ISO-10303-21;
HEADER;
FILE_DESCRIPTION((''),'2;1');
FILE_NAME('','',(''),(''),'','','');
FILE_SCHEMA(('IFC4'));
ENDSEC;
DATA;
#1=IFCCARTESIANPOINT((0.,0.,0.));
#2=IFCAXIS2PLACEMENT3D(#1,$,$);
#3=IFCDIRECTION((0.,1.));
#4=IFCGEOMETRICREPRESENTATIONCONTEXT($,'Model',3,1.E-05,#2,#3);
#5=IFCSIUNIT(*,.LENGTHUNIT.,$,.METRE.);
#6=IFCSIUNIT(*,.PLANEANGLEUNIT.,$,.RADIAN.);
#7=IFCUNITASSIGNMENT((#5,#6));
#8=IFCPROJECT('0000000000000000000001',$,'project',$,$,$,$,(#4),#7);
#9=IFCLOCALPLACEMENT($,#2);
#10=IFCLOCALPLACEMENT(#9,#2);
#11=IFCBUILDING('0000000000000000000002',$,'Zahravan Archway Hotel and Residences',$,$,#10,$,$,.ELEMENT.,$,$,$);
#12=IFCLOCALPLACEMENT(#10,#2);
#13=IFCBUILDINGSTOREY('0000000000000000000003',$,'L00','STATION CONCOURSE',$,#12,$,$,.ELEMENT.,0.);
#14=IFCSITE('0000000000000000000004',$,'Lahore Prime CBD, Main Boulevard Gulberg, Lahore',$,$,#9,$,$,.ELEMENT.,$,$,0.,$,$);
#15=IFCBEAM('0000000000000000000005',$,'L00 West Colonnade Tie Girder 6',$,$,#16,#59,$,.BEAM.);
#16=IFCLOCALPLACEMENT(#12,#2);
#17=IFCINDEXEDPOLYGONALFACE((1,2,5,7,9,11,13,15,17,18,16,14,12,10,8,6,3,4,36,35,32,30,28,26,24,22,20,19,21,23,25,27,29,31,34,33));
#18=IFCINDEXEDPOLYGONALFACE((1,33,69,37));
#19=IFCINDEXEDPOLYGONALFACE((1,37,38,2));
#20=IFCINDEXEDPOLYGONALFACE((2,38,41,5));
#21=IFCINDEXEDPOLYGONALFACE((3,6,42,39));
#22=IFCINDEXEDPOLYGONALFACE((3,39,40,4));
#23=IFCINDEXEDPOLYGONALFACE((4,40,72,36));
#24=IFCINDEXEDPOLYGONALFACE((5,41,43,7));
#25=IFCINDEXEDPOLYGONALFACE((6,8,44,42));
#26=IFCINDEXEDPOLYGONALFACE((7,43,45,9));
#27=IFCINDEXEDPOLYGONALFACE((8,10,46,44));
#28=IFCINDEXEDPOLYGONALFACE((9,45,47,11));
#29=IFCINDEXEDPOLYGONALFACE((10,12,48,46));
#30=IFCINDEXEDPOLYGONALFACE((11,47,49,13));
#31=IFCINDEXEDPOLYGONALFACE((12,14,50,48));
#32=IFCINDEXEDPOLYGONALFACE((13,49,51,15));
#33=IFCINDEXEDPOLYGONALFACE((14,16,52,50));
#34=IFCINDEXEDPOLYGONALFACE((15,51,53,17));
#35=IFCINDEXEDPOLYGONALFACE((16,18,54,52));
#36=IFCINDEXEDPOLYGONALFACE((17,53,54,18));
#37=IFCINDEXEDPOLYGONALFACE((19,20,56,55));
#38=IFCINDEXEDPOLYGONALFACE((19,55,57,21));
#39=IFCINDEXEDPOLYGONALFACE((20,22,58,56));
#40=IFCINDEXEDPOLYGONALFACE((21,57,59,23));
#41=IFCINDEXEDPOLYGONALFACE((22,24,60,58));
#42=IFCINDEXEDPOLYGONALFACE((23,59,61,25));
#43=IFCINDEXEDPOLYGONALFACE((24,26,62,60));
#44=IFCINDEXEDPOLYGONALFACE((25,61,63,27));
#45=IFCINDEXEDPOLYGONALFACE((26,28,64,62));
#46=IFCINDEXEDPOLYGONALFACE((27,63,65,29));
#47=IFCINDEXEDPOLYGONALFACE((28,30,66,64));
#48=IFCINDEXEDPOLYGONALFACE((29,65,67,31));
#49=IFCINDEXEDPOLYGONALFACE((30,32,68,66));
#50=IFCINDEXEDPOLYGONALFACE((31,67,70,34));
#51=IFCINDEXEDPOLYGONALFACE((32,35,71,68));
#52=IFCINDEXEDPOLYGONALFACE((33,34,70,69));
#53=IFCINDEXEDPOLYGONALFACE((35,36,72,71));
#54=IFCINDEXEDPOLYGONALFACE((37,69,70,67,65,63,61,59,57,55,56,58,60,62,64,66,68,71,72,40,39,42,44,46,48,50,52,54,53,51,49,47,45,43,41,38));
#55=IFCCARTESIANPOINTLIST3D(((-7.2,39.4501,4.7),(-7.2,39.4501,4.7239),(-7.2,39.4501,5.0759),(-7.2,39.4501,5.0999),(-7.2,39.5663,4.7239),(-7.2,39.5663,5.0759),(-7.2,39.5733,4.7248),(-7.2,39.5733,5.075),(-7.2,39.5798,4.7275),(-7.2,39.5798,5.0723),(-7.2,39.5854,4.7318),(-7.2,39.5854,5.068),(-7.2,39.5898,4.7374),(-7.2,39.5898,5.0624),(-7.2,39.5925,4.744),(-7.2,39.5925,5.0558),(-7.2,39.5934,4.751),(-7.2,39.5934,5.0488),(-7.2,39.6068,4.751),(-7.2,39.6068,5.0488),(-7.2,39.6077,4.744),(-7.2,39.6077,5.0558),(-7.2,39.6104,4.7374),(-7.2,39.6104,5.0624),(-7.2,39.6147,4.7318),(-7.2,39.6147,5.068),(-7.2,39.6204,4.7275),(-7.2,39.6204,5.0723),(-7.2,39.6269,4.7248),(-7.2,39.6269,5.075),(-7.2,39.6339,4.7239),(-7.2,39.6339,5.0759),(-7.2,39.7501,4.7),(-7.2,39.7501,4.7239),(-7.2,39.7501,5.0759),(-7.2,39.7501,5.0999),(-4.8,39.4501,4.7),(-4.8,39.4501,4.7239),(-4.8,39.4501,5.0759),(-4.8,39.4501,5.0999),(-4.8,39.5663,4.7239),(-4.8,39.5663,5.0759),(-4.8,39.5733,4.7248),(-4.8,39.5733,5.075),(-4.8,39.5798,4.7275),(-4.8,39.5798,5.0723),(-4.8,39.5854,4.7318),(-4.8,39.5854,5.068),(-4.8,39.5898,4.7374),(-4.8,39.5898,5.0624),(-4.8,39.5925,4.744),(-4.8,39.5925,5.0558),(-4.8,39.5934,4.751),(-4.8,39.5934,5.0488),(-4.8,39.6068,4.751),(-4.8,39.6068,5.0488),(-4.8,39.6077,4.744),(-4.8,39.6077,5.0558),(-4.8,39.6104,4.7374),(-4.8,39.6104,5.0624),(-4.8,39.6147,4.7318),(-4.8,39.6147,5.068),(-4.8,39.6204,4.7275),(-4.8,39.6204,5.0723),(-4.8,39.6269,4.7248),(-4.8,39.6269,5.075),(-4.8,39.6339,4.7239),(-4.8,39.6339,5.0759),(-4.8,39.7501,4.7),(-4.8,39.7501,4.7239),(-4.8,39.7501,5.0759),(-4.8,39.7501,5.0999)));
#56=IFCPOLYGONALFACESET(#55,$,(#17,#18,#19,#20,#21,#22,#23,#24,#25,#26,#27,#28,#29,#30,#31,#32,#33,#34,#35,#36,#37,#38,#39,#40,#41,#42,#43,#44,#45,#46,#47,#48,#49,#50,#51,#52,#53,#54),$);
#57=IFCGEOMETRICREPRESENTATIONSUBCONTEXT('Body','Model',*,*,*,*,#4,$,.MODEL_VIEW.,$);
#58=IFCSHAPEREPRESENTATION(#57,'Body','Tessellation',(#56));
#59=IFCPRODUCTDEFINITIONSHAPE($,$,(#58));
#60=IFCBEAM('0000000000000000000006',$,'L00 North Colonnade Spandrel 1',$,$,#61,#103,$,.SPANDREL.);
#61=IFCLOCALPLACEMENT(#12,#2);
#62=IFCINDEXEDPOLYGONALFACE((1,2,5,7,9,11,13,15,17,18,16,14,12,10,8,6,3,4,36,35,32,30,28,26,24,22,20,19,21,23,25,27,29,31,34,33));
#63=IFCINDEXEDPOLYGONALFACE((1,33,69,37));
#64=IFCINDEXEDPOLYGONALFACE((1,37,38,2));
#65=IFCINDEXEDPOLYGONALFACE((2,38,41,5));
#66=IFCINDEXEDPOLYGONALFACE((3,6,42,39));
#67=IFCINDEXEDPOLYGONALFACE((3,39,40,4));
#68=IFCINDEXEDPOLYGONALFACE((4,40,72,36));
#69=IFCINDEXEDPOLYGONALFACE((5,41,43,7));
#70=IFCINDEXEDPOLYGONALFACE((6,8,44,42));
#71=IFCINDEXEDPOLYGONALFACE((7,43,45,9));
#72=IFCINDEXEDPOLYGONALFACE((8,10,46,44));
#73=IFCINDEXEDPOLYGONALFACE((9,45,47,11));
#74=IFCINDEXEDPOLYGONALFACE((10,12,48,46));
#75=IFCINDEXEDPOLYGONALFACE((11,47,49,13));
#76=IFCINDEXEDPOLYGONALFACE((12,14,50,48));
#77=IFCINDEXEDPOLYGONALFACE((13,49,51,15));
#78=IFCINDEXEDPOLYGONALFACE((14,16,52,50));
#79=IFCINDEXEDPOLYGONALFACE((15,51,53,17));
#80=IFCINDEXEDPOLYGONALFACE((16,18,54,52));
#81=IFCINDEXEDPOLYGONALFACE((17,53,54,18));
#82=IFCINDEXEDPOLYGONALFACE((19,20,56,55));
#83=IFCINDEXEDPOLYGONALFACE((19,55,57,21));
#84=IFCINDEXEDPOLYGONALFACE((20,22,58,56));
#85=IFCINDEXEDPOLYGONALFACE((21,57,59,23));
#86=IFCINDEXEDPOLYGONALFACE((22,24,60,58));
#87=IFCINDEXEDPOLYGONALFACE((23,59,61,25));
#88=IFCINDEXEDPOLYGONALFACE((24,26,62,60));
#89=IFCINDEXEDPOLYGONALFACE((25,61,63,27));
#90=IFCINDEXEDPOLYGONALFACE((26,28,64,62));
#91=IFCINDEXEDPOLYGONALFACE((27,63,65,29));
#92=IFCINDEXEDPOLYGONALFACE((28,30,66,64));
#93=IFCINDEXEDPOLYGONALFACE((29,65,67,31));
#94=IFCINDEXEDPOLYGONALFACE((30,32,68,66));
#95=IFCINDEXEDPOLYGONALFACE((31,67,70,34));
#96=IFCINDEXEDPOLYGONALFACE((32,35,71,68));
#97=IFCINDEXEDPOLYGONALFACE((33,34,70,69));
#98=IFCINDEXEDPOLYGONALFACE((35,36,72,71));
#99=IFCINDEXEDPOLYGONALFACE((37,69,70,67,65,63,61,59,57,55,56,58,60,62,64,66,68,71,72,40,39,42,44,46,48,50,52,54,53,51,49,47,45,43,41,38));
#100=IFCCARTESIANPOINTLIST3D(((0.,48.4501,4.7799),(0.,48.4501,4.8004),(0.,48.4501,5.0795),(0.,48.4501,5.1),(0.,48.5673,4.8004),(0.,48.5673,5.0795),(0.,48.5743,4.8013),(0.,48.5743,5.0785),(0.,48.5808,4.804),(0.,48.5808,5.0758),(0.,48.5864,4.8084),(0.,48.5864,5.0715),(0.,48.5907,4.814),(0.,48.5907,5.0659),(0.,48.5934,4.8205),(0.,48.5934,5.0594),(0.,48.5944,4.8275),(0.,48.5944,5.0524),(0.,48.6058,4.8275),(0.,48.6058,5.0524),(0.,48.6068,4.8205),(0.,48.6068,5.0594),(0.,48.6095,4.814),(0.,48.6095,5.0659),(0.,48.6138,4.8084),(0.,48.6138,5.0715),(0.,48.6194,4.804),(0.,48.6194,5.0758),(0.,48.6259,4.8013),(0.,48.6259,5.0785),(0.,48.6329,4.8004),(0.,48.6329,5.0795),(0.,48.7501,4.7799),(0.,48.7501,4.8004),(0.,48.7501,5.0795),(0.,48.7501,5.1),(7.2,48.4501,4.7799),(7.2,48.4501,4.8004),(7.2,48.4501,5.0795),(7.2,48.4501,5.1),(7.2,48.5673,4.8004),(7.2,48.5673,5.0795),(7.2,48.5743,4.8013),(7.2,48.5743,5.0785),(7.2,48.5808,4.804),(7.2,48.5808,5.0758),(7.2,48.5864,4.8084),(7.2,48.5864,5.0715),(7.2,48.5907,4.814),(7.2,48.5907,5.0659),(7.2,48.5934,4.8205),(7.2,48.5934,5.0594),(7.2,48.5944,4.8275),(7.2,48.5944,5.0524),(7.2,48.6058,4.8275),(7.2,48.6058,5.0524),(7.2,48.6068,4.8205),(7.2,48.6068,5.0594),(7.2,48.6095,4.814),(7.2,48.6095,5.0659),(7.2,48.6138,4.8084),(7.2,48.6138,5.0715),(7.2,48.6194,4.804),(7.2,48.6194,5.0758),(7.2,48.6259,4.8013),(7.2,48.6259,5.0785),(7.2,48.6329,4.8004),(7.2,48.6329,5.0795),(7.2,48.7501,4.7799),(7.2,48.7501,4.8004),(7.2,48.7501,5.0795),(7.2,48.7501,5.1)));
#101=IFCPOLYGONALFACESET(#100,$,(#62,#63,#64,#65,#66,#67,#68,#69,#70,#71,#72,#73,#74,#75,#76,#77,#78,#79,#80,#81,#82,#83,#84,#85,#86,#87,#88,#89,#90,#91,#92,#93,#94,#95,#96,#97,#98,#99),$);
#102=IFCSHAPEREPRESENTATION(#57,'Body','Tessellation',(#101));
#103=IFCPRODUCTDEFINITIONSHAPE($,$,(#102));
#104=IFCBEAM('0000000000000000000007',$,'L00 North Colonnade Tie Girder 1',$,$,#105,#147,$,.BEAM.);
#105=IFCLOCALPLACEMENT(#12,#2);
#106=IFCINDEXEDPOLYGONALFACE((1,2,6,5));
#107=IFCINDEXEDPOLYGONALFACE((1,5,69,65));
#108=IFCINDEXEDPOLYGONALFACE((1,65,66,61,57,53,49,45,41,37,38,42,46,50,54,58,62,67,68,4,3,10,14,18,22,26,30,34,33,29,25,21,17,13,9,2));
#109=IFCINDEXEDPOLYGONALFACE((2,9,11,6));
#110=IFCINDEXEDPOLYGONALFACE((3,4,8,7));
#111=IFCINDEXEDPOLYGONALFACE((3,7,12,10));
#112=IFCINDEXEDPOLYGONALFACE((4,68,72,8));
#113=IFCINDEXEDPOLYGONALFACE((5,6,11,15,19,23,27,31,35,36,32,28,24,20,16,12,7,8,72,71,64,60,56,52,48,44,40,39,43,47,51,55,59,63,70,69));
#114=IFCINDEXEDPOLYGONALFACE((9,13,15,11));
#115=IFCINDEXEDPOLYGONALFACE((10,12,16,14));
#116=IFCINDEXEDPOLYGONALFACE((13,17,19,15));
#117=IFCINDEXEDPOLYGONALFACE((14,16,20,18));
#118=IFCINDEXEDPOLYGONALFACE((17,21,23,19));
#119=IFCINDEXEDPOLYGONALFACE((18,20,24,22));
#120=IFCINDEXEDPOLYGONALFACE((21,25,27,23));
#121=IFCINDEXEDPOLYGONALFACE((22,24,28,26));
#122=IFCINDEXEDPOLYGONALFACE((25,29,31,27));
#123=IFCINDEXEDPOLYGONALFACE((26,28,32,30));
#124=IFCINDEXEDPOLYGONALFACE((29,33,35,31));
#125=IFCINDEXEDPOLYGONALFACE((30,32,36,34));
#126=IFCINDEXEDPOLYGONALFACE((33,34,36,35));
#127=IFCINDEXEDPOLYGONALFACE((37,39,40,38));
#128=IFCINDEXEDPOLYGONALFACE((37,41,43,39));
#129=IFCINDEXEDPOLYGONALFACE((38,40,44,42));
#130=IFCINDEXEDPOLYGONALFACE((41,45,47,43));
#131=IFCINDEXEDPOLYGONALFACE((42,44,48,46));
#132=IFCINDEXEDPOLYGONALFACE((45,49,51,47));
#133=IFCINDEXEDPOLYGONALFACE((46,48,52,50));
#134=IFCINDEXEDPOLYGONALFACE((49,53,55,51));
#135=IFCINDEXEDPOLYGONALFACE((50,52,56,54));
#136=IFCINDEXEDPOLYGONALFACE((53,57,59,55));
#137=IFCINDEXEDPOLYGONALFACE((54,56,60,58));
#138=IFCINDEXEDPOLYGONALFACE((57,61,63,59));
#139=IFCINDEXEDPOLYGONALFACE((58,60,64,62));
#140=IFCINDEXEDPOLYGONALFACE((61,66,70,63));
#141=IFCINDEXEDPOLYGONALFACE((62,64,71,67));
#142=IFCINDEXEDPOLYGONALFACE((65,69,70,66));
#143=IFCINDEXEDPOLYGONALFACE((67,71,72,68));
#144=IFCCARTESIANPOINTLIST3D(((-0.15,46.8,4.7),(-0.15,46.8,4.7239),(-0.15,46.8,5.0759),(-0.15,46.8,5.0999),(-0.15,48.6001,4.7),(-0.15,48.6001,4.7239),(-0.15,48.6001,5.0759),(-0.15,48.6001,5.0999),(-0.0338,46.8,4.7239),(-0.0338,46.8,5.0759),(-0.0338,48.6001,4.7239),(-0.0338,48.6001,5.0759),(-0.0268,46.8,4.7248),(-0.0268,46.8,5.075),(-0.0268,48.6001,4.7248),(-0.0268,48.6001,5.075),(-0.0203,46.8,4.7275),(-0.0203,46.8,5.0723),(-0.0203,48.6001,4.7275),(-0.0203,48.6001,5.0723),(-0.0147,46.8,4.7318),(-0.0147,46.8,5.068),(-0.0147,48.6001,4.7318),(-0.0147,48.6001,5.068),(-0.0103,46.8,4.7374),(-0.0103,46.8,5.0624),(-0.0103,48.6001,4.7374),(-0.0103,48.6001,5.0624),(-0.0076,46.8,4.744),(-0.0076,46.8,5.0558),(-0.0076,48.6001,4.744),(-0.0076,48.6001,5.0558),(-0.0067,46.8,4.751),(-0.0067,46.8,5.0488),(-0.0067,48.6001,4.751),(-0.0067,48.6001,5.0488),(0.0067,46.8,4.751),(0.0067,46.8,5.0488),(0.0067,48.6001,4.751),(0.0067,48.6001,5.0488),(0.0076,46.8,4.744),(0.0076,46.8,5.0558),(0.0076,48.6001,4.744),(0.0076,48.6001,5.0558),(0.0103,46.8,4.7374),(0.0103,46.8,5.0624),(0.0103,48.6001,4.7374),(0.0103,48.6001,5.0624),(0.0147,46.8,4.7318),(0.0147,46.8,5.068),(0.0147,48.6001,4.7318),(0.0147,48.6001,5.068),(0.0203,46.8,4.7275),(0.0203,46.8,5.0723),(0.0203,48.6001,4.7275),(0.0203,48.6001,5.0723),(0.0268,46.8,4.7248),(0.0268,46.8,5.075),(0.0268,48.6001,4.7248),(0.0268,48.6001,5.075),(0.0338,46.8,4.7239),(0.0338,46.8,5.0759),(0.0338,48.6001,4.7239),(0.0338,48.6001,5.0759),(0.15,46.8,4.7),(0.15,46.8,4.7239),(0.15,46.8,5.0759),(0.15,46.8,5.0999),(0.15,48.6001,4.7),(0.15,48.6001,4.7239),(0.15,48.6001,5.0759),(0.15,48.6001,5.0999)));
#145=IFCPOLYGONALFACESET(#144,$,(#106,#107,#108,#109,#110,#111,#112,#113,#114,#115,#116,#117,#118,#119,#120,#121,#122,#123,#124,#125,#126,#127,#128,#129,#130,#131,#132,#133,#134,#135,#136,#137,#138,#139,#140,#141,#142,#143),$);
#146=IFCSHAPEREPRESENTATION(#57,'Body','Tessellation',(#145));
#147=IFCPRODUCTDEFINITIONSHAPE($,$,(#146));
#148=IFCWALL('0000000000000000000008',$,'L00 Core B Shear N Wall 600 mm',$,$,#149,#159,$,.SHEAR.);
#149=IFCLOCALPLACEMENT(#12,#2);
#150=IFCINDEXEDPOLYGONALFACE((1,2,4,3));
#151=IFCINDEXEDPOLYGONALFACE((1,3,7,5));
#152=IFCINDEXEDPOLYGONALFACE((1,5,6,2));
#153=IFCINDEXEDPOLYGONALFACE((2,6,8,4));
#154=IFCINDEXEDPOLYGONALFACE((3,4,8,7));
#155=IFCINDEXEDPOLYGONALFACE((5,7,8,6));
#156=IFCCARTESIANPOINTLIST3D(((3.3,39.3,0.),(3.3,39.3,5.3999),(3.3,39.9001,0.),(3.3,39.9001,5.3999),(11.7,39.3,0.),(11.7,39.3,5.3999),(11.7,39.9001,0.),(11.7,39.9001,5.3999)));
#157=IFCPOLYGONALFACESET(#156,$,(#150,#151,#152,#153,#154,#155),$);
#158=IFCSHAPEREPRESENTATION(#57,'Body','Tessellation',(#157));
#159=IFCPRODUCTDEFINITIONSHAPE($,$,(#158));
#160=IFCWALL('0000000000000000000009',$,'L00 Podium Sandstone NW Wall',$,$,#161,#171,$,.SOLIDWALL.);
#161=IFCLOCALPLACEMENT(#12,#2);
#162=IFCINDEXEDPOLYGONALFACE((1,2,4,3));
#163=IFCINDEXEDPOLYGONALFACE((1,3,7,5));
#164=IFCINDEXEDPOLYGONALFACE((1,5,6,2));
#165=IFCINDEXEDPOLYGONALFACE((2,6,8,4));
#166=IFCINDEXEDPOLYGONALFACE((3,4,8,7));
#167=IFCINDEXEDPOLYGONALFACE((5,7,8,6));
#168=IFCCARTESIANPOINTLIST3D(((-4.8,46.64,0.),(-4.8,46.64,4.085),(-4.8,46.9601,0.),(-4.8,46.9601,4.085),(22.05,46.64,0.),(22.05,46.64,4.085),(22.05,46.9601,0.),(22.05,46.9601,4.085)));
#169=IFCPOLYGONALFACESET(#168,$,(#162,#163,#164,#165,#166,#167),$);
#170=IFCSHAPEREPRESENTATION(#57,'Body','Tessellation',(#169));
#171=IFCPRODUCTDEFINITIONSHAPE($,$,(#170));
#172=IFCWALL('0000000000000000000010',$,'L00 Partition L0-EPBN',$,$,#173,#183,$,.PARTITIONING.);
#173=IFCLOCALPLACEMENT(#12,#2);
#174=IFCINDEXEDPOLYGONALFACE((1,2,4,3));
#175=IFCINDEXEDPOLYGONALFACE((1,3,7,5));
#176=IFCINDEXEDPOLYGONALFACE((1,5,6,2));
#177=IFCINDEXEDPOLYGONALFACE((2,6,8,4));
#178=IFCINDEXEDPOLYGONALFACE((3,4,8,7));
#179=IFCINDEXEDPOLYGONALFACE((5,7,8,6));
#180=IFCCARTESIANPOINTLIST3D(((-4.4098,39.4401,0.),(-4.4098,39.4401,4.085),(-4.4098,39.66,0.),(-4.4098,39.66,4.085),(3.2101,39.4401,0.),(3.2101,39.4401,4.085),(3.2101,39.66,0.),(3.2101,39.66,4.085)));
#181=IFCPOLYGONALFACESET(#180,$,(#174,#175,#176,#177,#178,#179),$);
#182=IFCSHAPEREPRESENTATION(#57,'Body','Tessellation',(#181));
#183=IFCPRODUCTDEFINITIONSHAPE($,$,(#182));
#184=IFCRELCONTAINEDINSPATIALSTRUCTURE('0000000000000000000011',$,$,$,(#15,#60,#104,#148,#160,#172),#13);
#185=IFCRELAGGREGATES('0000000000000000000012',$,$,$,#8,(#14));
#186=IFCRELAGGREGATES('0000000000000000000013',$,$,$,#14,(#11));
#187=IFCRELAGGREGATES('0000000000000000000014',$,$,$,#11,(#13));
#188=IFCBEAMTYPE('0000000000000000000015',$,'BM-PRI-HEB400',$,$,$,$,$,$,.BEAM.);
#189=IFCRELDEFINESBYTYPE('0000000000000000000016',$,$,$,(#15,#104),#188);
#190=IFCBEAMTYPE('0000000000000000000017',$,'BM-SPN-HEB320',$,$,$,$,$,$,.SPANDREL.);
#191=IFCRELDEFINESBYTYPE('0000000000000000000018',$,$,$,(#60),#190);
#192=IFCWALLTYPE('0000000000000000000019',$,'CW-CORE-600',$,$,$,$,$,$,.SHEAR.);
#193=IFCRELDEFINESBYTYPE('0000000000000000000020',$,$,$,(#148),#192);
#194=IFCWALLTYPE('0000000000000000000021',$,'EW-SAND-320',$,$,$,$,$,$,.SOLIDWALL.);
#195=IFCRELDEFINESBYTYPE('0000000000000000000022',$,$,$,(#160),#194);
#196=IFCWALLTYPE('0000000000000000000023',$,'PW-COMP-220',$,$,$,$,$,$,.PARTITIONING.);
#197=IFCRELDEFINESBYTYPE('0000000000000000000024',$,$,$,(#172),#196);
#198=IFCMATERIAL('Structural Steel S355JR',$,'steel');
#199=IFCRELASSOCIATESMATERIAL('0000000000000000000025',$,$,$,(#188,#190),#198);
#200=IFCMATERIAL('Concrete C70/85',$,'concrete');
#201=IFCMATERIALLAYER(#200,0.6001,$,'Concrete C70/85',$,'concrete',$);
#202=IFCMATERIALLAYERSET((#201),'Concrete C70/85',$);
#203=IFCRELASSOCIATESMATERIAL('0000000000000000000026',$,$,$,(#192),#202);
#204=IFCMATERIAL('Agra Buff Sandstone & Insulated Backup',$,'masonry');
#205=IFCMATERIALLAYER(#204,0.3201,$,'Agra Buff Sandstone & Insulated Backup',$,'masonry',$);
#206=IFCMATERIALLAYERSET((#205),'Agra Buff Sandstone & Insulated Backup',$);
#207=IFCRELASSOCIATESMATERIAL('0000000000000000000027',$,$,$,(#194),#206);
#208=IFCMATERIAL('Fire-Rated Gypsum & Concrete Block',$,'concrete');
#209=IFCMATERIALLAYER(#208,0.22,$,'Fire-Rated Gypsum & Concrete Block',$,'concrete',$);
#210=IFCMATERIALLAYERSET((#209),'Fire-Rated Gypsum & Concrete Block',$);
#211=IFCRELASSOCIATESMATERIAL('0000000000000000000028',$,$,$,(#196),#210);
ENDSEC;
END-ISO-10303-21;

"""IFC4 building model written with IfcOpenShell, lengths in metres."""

from ifc_helpers import new_model, si_unit, direction, frame, frame_2d, origin, origin_2d, place, context, subcontext, project, spatial, rectangle, i_section, extrude, source, transform, mapped, material, layer, layer_set, material_profile, profile_set, type_object, type_shapes, element, save


model = new_model("IFC4")

# Units and contexts
model_context = context("Model", 3, precision=1e-05, world=origin(), true_north=direction((0.0, 1.0)))
body_context = subcontext(model_context, "Body", "Model", "MODEL_VIEW")
ifc_project = project(units=[si_unit("LENGTHUNIT", "METRE"), si_unit("PLANEANGLEUNIT", "RADIAN")], contexts=[model_context])

# Site, building, storey
site_placement = place(None, origin())
site = spatial("IfcSite", under=ifc_project, at=site_placement, Name="Lahore Prime CBD, Main Boulevard Gulberg, Lahore", CompositionType="ELEMENT", RefElevation=0.0)
building_placement = place(site_placement, origin())
building = spatial("IfcBuilding", under=site, at=building_placement, Name="Zahravan Archway Hotel and Residences", CompositionType="ELEMENT")
storey_placement = place(building_placement, origin())
storey = spatial("IfcBuildingStorey", under=building, at=storey_placement, Name="L00", Description="STATION CONCOURSE", CompositionType="ELEMENT", Elevation=0.0)

# Shared definitions
ifc_material_1 = material(Name="Concrete C70/85", Category="concrete")

# Beams
ifc_material_2 = material(Name="Structural Steel S355JR", Category="steel")
ifc_material_profile_1 = material_profile(ifc_material_2, i_section(OverallWidth=0.3, OverallDepth=0.3999, WebThickness=0.0134, FlangeThickness=0.0239, FilletRadius=0.0271, at=origin_2d()), Name="HEB 400", Category="steel")
ifc_profile_set_1 = profile_set([ifc_material_profile_1], Name="Structural Steel S355JR")
beam_type_1 = type_object("IfcBeamType", Name="BM-PRI-HEB400", PredefinedType="BEAM", material=ifc_profile_set_1)
shared_shape_1 = source(origin(), body_context, "Body", "SweptSolid", [
    extrude(i_section(OverallWidth=0.3, OverallDepth=0.3999, WebThickness=0.0134, FlangeThickness=0.0239, FilletRadius=0.0271, at=origin_2d()), origin(), (0.0, 0.0, 1.0), 2.3999),
])
beam_1_placement = place(storey_placement, frame((-7.2, 39.6001, 4.8999), z_axis=(1.0, 0.0, 0.0), x_axis=(0.0, 1.0, 0.0)))
element("IfcBeam", 1, at=beam_1_placement, inside=storey, type_object=beam_type_1, Name="L00 West Colonnade Tie Girder 6", PredefinedType="BEAM", context=body_context, shape_type="MappedRepresentation", body=[
    mapped(shared_shape_1, transform((0.0, 0.0, 0.0), scale=1.0)),
])
ifc_material_profile_2 = material_profile(ifc_material_2, i_section(OverallWidth=0.3, OverallDepth=0.3201, WebThickness=0.0115, FlangeThickness=0.0205, FilletRadius=0.0271, at=origin_2d()), Name="HEB 320", Category="steel")
ifc_profile_set_2 = profile_set([ifc_material_profile_2], Name="Structural Steel S355JR")
beam_type_2 = type_object("IfcBeamType", Name="BM-SPN-HEB320", PredefinedType="SPANDREL", material=ifc_profile_set_2)
shared_shape_2 = source(origin(), body_context, "Body", "SweptSolid", [
    extrude(i_section(OverallWidth=0.3, OverallDepth=0.3201, WebThickness=0.0115, FlangeThickness=0.0205, FilletRadius=0.0271, at=origin_2d()), origin(), (0.0, 0.0, 1.0), 7.2),
])
type_shapes(beam_type_2, [shared_shape_2])
beam_2_placement = place(storey_placement, frame((0.0, 48.6001, 4.9399), z_axis=(1.0, 0.0, 0.0), x_axis=(0.0, 1.0, 0.0)))
element("IfcBeam", 2, at=beam_2_placement, inside=storey, type_object=beam_type_2, Name="L00 North Colonnade Spandrel 1", PredefinedType="SPANDREL", context=body_context, shape_type="MappedRepresentation", body=[
    mapped(shared_shape_2, transform((0.0, 0.0, 0.0), scale=1.0)),
])
shared_shape_3 = source(origin(), body_context, "Body", "SweptSolid", [
    extrude(i_section(OverallWidth=0.3, OverallDepth=0.3999, WebThickness=0.0134, FlangeThickness=0.0239, FilletRadius=0.0271, at=origin_2d()), origin(), (0.0, 0.0, 1.0), 1.8),
])
beam_3_placement = place(storey_placement, frame((0.0, 46.8, 4.8999), z_axis=(0.0, 1.0, 0.0), x_axis=(-1.0, 0.0, 0.0)))
element("IfcBeam", 3, at=beam_3_placement, inside=storey, type_object=beam_type_1, Name="L00 North Colonnade Tie Girder 1", PredefinedType="BEAM", context=body_context, shape_type="MappedRepresentation", body=[
    mapped(shared_shape_3, transform((0.0, 0.0, 0.0), scale=1.0)),
])

# Walls
ifc_layer_1 = layer(ifc_material_1, 0.6001, Name="Concrete C70/85", Category="concrete")
ifc_layer_set_1 = layer_set([ifc_layer_1], Name="Concrete C70/85")
wall_type_1 = type_object("IfcWallType", Name="CW-CORE-600", PredefinedType="SHEAR", material=ifc_layer_set_1)
wall_1_placement = place(storey_placement, frame((3.3, 39.6001, 0.0), z_axis=(0.0, 0.0, 1.0), x_axis=(1.0, 0.0, 0.0)))
element("IfcWall", 4, at=wall_1_placement, inside=storey, type_object=wall_type_1, Name="L00 Core B Shear N Wall 600 mm", PredefinedType="SHEAR", context=body_context, shape_type="SweptSolid", body=[
    extrude(rectangle(XDim=8.3999, YDim=0.6001, at=frame_2d((4.2, 0.0))), origin(), (0.0, 0.0, 1.0), 5.3999),
])
ifc_material_3 = material(Name="Agra Buff Sandstone & Insulated Backup", Category="masonry")
ifc_layer_2 = layer(ifc_material_3, 0.3201, Name="Agra Buff Sandstone & Insulated Backup", Category="masonry")
ifc_layer_set_2 = layer_set([ifc_layer_2], Name="Agra Buff Sandstone & Insulated Backup")
wall_type_2 = type_object("IfcWallType", Name="EW-SAND-320", PredefinedType="SOLIDWALL", material=ifc_layer_set_2)
wall_2_placement = place(storey_placement, frame((-4.8, 46.8, 0.0), z_axis=(0.0, 0.0, 1.0), x_axis=(1.0, 0.0, 0.0)))
element("IfcWall", 5, at=wall_2_placement, inside=storey, type_object=wall_type_2, Name="L00 Podium Sandstone NW Wall", PredefinedType="SOLIDWALL", context=body_context, shape_type="SweptSolid", body=[
    extrude(rectangle(XDim=26.8501, YDim=0.3201, at=frame_2d((13.425, 0.0))), origin(), (0.0, 0.0, 1.0), 4.085),
])
ifc_material_4 = material(Name="Fire-Rated Gypsum & Concrete Block", Category="concrete")
ifc_layer_3 = layer(ifc_material_4, 0.22, Name="Fire-Rated Gypsum & Concrete Block", Category="concrete")
ifc_layer_set_3 = layer_set([ifc_layer_3], Name="Fire-Rated Gypsum & Concrete Block")
wall_type_3 = type_object("IfcWallType", Name="PW-COMP-220", PredefinedType="PARTITIONING", material=ifc_layer_set_3)
wall_3_placement = place(storey_placement, frame((-4.4099, 39.55, 0.0), z_axis=(0.0, 0.0, 1.0), x_axis=(1.0, 0.0, 0.0)))
element("IfcWall", 6, at=wall_3_placement, inside=storey, type_object=wall_type_3, Name="L00 Partition L0-EPBN", PredefinedType="PARTITIONING", context=body_context, shape_type="SweptSolid", body=[
    extrude(rectangle(XDim=7.6199, YDim=0.22, at=frame_2d((3.8101, 0.0))), origin(), (0.0, 0.0, 1.0), 4.085),
])

save(model, "model.ifc")
